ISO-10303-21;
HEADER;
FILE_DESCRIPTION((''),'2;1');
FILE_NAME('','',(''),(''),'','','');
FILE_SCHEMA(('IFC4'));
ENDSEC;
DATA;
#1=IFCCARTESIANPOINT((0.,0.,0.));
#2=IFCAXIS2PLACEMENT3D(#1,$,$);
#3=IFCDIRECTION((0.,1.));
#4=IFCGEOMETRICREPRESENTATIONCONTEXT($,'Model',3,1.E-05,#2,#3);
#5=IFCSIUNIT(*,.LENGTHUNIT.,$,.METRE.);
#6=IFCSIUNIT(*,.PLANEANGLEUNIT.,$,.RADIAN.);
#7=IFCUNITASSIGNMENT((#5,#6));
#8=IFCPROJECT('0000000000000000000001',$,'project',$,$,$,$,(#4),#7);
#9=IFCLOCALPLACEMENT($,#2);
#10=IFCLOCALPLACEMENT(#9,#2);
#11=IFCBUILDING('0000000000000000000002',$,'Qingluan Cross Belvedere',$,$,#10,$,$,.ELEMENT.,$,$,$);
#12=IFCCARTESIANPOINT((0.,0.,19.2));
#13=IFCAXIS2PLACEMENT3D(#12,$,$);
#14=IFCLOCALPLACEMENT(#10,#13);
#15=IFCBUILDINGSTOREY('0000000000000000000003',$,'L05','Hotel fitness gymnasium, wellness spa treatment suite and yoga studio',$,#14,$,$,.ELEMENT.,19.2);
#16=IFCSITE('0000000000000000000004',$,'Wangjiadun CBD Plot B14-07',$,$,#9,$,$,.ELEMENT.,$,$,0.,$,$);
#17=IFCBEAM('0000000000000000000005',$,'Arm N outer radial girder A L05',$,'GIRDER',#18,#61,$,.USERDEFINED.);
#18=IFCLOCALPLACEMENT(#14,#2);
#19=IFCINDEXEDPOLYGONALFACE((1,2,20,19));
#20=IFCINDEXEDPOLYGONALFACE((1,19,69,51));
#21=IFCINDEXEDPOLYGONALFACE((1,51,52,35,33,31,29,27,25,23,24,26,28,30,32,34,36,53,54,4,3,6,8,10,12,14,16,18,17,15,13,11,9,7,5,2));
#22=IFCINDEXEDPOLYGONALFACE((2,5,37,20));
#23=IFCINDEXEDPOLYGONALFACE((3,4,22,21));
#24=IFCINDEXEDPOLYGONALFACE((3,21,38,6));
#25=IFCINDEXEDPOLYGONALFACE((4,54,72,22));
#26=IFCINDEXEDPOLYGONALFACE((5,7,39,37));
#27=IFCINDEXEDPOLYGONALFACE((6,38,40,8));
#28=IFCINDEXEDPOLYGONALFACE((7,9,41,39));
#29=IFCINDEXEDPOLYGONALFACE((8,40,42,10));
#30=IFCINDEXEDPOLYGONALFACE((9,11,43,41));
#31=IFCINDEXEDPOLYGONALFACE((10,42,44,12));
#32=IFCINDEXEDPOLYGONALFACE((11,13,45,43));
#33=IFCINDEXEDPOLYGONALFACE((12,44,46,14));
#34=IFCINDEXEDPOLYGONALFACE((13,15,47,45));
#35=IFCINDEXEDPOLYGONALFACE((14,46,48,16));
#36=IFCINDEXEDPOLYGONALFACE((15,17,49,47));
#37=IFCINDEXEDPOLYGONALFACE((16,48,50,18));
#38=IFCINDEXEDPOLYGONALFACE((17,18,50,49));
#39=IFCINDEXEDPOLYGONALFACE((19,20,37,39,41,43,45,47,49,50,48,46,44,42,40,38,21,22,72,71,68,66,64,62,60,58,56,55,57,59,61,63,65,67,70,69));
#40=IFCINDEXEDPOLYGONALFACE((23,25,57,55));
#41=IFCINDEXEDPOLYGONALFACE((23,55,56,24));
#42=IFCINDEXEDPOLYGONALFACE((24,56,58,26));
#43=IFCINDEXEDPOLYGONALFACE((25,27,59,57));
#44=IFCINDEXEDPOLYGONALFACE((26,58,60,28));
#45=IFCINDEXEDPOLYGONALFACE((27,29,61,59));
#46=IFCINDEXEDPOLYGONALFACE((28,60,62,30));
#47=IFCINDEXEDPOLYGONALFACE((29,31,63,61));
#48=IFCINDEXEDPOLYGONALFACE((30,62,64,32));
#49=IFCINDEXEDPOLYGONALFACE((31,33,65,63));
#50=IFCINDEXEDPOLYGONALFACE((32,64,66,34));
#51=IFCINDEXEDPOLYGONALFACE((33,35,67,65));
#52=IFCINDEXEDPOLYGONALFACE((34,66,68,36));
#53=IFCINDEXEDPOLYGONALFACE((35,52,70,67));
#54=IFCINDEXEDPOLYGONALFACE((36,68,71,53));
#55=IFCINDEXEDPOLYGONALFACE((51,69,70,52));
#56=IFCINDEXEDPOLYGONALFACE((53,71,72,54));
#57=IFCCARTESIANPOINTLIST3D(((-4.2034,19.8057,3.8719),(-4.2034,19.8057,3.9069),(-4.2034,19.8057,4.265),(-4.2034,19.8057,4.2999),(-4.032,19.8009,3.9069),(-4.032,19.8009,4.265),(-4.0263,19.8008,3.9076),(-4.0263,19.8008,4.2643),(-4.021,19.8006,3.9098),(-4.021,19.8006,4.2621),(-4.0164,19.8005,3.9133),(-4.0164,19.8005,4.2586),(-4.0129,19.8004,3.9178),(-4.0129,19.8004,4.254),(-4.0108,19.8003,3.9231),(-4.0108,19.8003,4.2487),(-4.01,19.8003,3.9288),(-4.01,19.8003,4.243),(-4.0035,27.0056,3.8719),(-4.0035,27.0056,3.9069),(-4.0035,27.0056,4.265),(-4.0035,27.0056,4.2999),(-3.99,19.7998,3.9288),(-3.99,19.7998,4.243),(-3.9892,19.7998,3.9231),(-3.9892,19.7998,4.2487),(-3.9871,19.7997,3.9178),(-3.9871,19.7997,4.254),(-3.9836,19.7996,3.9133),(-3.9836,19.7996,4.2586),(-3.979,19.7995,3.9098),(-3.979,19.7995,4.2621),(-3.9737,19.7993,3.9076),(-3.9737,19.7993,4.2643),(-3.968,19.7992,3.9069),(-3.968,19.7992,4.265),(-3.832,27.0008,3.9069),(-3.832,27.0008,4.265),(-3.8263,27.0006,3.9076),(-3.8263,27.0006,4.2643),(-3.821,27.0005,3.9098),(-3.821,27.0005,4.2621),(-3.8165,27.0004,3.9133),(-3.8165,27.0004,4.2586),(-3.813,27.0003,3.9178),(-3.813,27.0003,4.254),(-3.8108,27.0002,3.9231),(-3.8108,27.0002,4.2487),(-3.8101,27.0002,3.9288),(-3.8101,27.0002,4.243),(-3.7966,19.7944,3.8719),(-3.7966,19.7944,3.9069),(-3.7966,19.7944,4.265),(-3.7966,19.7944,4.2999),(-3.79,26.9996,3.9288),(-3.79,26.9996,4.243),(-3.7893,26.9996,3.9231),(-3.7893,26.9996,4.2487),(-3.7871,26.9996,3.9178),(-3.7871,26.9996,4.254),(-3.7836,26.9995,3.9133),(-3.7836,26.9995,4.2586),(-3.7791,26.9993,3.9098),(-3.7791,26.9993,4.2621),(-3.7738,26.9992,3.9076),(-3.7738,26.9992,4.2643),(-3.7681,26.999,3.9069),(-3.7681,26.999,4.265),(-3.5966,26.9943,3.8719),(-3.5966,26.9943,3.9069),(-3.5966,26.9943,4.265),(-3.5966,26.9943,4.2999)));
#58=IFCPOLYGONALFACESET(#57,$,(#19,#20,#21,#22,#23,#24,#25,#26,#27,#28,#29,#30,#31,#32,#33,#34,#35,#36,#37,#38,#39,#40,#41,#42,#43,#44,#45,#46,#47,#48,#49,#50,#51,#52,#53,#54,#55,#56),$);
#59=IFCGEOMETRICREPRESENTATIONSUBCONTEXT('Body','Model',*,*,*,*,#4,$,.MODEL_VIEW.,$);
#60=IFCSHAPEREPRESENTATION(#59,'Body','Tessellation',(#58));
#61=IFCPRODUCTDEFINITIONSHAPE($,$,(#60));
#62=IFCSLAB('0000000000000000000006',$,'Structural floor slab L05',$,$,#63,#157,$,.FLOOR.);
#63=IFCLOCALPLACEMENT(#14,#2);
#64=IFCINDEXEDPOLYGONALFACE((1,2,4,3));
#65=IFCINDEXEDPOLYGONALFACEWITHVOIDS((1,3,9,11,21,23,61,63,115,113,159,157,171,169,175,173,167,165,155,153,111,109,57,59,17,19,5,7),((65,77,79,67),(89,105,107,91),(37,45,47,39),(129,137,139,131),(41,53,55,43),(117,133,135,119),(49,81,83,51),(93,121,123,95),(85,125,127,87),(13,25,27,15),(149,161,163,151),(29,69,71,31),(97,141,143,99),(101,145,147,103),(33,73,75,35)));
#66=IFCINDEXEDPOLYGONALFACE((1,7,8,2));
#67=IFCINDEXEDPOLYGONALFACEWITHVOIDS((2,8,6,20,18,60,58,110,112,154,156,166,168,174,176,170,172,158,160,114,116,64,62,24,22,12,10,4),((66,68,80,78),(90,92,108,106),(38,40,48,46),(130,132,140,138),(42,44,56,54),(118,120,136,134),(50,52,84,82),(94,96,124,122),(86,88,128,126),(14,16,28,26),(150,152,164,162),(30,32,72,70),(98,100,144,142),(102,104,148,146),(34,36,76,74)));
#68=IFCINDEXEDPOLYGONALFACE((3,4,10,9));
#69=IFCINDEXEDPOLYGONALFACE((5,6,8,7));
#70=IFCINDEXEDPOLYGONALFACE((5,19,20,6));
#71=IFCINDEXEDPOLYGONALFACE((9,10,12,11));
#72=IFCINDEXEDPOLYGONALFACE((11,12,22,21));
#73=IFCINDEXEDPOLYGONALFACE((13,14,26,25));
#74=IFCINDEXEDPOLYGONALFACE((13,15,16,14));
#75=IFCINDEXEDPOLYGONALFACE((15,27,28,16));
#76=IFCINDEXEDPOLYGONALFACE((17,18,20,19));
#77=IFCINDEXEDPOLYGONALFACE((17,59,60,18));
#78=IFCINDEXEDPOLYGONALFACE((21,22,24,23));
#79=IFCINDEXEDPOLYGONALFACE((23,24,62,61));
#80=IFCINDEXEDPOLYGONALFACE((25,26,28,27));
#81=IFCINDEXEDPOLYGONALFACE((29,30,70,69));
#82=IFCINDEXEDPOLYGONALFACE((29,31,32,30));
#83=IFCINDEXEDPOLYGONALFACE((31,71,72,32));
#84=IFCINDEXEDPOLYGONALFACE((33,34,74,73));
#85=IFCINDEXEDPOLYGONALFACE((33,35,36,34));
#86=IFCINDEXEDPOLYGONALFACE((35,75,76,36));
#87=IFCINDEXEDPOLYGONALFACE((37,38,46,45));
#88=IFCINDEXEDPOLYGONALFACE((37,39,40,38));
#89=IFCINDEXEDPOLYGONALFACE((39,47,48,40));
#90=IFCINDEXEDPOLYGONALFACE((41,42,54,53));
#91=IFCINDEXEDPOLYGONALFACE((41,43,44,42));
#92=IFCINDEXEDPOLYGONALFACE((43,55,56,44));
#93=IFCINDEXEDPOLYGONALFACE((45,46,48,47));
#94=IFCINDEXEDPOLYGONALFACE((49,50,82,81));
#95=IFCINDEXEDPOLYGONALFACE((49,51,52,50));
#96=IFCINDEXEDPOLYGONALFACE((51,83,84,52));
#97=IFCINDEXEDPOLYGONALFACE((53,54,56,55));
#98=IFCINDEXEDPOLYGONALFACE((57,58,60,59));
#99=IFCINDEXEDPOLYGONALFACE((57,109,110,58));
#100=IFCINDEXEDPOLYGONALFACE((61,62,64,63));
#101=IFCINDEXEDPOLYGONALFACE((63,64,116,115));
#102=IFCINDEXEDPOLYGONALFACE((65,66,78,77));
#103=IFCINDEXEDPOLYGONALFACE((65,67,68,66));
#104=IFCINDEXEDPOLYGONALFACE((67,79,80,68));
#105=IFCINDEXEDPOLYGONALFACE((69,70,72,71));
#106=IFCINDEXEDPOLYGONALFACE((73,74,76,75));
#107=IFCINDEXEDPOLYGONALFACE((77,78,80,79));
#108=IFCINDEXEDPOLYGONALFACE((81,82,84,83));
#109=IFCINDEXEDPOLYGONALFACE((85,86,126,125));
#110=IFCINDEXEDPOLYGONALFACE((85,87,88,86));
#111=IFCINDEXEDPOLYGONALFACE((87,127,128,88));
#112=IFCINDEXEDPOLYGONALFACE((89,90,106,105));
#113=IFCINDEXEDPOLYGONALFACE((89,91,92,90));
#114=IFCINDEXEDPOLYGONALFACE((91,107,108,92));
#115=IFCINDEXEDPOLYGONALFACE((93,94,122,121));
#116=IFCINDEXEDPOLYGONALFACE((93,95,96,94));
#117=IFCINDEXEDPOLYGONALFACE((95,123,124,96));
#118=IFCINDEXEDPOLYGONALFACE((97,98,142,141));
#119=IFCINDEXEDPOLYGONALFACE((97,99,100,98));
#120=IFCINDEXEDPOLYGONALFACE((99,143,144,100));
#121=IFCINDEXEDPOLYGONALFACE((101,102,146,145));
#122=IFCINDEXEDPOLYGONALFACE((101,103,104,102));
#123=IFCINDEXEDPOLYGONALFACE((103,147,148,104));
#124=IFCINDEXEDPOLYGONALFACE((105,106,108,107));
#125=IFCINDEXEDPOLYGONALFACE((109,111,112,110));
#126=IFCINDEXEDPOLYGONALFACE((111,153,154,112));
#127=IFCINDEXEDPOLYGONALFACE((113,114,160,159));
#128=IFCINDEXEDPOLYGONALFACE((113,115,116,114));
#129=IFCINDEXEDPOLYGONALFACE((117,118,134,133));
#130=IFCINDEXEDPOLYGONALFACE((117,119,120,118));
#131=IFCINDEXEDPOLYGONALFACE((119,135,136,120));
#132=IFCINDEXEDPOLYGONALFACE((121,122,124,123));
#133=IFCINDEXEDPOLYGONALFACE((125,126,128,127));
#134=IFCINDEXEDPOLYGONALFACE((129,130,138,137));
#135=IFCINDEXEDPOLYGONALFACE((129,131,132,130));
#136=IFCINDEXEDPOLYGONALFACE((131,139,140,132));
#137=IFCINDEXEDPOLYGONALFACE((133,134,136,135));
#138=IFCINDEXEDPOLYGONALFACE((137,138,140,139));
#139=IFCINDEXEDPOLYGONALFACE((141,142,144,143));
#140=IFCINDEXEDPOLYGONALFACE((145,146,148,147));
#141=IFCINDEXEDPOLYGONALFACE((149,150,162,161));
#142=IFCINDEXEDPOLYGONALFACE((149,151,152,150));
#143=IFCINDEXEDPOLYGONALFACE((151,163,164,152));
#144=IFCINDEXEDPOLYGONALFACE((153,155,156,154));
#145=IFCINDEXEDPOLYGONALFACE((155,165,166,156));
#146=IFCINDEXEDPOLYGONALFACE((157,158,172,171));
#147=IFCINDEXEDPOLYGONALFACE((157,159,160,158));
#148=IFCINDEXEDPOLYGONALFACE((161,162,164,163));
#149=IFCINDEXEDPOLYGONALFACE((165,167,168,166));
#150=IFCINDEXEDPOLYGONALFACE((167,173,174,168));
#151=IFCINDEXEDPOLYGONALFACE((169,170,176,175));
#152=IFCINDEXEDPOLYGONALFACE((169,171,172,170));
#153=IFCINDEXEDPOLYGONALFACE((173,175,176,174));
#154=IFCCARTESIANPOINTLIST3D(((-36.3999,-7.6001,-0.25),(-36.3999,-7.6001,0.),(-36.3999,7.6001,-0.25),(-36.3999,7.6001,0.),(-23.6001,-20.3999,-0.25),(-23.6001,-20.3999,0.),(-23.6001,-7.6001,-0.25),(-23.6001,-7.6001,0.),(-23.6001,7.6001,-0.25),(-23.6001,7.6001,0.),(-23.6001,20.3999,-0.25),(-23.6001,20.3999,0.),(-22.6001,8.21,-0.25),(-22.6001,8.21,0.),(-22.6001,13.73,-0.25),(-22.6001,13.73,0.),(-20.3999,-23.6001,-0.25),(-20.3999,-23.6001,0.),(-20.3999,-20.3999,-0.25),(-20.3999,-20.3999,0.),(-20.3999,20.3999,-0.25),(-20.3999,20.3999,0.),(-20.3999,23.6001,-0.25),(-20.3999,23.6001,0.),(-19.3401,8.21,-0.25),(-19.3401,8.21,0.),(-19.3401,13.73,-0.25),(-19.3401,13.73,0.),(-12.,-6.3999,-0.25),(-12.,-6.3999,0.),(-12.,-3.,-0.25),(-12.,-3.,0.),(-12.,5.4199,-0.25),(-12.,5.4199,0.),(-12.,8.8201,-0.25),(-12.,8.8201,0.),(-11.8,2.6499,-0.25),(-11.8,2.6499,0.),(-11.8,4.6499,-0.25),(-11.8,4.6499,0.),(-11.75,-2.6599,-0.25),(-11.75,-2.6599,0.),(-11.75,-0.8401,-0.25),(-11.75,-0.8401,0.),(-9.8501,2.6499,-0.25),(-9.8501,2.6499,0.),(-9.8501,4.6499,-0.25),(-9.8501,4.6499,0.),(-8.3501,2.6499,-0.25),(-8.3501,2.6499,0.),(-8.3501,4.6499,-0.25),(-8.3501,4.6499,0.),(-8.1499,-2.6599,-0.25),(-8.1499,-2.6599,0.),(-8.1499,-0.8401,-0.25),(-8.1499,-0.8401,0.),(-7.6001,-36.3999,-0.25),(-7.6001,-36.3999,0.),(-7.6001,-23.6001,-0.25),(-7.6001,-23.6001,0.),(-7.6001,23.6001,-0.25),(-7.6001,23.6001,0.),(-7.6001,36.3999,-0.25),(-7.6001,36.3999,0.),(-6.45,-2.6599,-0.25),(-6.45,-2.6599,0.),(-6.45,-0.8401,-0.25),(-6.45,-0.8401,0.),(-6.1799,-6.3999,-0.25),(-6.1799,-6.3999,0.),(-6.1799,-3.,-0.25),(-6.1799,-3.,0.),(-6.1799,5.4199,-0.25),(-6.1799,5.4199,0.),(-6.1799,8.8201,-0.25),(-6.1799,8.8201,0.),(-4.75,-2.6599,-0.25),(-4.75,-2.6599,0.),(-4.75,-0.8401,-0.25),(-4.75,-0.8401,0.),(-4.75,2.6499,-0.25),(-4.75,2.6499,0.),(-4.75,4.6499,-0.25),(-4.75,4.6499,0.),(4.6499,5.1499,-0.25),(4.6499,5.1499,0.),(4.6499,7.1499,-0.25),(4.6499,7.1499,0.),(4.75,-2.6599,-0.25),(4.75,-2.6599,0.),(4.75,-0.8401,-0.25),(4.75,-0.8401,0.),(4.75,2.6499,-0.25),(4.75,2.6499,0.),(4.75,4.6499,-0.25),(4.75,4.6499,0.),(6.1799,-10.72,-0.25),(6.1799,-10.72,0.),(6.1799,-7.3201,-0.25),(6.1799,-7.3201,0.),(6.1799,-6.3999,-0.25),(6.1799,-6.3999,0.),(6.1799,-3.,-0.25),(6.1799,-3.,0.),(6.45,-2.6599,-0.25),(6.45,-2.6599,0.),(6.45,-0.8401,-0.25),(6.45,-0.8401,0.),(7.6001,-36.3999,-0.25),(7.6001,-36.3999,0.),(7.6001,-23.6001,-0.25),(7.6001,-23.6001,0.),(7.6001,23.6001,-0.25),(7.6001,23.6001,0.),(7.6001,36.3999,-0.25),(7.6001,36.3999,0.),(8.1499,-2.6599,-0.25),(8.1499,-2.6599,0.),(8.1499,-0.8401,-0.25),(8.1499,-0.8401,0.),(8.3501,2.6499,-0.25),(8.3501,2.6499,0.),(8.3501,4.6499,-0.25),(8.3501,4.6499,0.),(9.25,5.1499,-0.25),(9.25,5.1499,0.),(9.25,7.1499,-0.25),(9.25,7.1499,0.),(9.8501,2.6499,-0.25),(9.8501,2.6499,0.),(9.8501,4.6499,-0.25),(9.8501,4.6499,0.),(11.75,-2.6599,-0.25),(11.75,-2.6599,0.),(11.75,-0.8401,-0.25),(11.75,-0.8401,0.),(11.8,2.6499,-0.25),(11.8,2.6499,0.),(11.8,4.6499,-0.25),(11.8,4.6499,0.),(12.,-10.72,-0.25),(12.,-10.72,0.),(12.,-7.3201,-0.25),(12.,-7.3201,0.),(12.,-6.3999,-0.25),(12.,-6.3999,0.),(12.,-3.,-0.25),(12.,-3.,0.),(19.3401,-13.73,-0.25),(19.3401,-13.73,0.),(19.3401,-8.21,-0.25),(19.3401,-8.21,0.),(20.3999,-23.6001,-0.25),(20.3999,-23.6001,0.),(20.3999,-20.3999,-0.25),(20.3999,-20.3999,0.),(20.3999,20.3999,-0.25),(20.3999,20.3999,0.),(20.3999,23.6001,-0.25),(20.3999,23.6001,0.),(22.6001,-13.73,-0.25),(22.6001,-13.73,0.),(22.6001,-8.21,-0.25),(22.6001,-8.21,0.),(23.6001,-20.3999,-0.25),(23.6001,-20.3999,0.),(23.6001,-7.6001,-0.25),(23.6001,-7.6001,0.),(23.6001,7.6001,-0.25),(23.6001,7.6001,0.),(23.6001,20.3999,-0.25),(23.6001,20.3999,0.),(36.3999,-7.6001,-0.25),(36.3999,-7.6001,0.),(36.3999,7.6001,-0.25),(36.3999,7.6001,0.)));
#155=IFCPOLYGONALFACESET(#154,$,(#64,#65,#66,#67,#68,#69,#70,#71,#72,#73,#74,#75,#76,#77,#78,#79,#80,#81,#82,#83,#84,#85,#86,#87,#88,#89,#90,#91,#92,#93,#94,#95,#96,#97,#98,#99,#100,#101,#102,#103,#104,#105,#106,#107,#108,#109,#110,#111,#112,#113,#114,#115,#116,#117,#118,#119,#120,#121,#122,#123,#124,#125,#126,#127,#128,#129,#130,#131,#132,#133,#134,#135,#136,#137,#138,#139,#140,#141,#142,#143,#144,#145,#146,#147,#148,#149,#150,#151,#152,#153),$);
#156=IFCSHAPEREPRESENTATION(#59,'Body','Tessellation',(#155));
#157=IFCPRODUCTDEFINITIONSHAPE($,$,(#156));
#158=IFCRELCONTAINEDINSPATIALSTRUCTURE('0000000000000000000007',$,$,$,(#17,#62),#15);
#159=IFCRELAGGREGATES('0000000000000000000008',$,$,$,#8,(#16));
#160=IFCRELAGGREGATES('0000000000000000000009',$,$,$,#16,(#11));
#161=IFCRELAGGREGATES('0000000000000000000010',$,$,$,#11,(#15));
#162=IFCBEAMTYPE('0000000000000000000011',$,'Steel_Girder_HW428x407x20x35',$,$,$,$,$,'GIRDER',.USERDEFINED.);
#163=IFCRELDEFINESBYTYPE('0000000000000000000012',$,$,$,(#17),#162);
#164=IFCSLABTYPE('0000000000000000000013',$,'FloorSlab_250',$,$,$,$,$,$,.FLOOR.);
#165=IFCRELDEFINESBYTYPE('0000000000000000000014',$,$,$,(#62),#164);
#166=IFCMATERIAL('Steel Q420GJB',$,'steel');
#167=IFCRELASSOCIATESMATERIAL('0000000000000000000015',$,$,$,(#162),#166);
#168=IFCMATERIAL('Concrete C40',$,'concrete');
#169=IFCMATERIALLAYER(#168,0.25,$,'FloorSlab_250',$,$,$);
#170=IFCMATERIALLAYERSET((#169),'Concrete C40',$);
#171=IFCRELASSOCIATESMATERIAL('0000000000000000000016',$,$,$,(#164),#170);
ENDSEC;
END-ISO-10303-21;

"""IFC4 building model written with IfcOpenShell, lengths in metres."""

from ifc_helpers import new_model, si_unit, direction, frame, origin, origin_2d, place, context, subcontext, project, spatial, polyline, i_section, outline, extrude, material, layer, layer_set, material_profile, profile_set, type_object, element, save


model = new_model("IFC4")

# Units and contexts
model_context = context("Model", 3, precision=1e-05, world=origin(), true_north=direction((0.0, 1.0)))
body_context = subcontext(model_context, "Body", "Model", "MODEL_VIEW")
ifc_project = project(units=[si_unit("LENGTHUNIT", "METRE"), si_unit("PLANEANGLEUNIT", "RADIAN")], contexts=[model_context])

# Site, building, storey
site_placement = place(None, origin())
site = spatial("IfcSite", under=ifc_project, at=site_placement, Name="Wangjiadun CBD Plot B14-07", CompositionType="ELEMENT", RefElevation=0.0)
building_placement = place(site_placement, origin())
building = spatial("IfcBuilding", under=site, at=building_placement, Name="Qingluan Cross Belvedere", CompositionType="ELEMENT")
storey_placement = place(building_placement, frame((0.0, 0.0, 19.2)))
storey = spatial("IfcBuildingStorey", under=building, at=storey_placement, Name="L05", Description="Hotel fitness gymnasium, wellness spa treatment suite and yoga studio", CompositionType="ELEMENT", Elevation=19.2)

# Beam
ifc_material_1 = material(Name="Steel Q420GJB", Category="steel")
ifc_material_profile_1 = material_profile(ifc_material_1, i_section(OverallWidth=0.407, OverallDepth=0.428, WebThickness=0.02, FlangeThickness=0.0349, FilletRadius=0.022, at=origin_2d()), Name="HW428x407x20x35")
ifc_profile_set_1 = profile_set([ifc_material_profile_1], Name="Steel Q420GJB")
beam_type_1 = type_object("IfcBeamType", Name="Steel_Girder_HW428x407x20x35", ElementType="GIRDER", PredefinedType="USERDEFINED", material=ifc_profile_set_1)
beam_1_placement = place(storey_placement, frame((-4.0, 19.8, 4.0859), z_axis=(0.02776, 0.999615, 0.0), x_axis=(-0.999615, 0.02776, 0.0)))
element("IfcBeam", 1, at=beam_1_placement, inside=storey, type_object=beam_type_1, Name="Arm N outer radial girder A L05", ObjectType="GIRDER", PredefinedType="USERDEFINED", context=body_context, shape_type="SweptSolid", body=[
    extrude(i_section(OverallWidth=0.407, OverallDepth=0.428, WebThickness=0.02, FlangeThickness=0.0349, FilletRadius=0.022, at=origin_2d()), origin(), (0.0, 0.0, 1.0), 7.2026),
])

# Slab
ifc_material_2 = material(Name="Concrete C40", Category="concrete")
ifc_layer_1 = layer(ifc_material_2, 0.25, Name="FloorSlab_250")
ifc_layer_set_1 = layer_set([ifc_layer_1], Name="Concrete C40")
slab_type_1 = type_object("IfcSlabType", Name="FloorSlab_250", PredefinedType="FLOOR", material=ifc_layer_set_1)
slab_1_placement = place(storey_placement, frame((0.0, 0.0, -0.25)))
element("IfcSlab", 2, at=slab_1_placement, inside=storey, type_object=slab_type_1, Name="Structural floor slab L05", PredefinedType="FLOOR", context=body_context, shape_type="SweptSolid", body=[
    extrude(outline(polyline([(20.3999, -23.6001), (20.3999, -20.3999), (23.6001, -20.3999), (23.6001, -7.6001), (36.3999, -7.6001), (36.3999, 7.6001), (23.6001, 7.6001), (23.6001, 20.3999), (20.3999, 20.3999), (20.3999, 23.6001), (7.6001, 23.6001), (7.6001, 36.3999), (-7.6001, 36.3999), (-7.6001, 23.6001), (-20.3999, 23.6001), (-20.3999, 20.3999), (-23.6001, 20.3999), (-23.6001, 7.6001), (-36.3999, 7.6001), (-36.3999, -7.6001), (-23.6001, -7.6001), (-23.6001, -20.3999), (-20.3999, -20.3999), (-20.3999, -23.6001), (-7.6001, -23.6001), (-7.6001, -36.3999), (7.6001, -36.3999), (7.6001, -23.6001), (20.3999, -23.6001)]), holes=[polyline([(-12.0, -3.0), (-6.1799, -3.0), (-6.1799, -6.3999), (-12.0, -6.3999), (-12.0, -3.0)]), polyline([(6.1799, -3.0), (12.0, -3.0), (12.0, -6.3999), (6.1799, -6.3999), (6.1799, -3.0)]), polyline([(-12.0, 8.8201), (-6.1799, 8.8201), (-6.1799, 5.4199), (-12.0, 5.4199), (-12.0, 8.8201)]), polyline([(6.1799, -7.3201), (12.0, -7.3201), (12.0, -10.72), (6.1799, -10.72), (6.1799, -7.3201)]), polyline([(-22.6001, 13.73), (-19.3401, 13.73), (-19.3401, 8.21), (-22.6001, 8.21), (-22.6001, 13.73)]), polyline([(19.3401, -8.21), (22.6001, -8.21), (22.6001, -13.73), (19.3401, -13.73), (19.3401, -8.21)]), polyline([(-11.8, 4.6499), (-9.8501, 4.6499), (-9.8501, 2.6499), (-11.8, 2.6499), (-11.8, 4.6499)]), polyline([(-8.3501, 4.6499), (-4.75, 4.6499), (-4.75, 2.6499), (-8.3501, 2.6499), (-8.3501, 4.6499)]), polyline([(4.75, 4.6499), (8.3501, 4.6499), (8.3501, 2.6499), (4.75, 2.6499), (4.75, 4.6499)]), polyline([(9.8501, 4.6499), (11.8, 4.6499), (11.8, 2.6499), (9.8501, 2.6499), (9.8501, 4.6499)]), polyline([(-11.75, -0.8401), (-8.1499, -0.8401), (-8.1499, -2.6599), (-11.75, -2.6599), (-11.75, -0.8401)]), polyline([(-6.45, -0.8401), (-4.75, -0.8401), (-4.75, -2.6599), (-6.45, -2.6599), (-6.45, -0.8401)]), polyline([(4.75, -0.8401), (6.45, -0.8401), (6.45, -2.6599), (4.75, -2.6599), (4.75, -0.8401)]), polyline([(8.1499, -0.8401), (11.75, -0.8401), (11.75, -2.6599), (8.1499, -2.6599), (8.1499, -0.8401)]), polyline([(4.6499, 7.1499), (9.25, 7.1499), (9.25, 5.1499), (4.6499, 5.1499), (4.6499, 7.1499)])]), origin(), (0.0, 0.0, 1.0), 0.25),
])

save(model, "model.ifc")
